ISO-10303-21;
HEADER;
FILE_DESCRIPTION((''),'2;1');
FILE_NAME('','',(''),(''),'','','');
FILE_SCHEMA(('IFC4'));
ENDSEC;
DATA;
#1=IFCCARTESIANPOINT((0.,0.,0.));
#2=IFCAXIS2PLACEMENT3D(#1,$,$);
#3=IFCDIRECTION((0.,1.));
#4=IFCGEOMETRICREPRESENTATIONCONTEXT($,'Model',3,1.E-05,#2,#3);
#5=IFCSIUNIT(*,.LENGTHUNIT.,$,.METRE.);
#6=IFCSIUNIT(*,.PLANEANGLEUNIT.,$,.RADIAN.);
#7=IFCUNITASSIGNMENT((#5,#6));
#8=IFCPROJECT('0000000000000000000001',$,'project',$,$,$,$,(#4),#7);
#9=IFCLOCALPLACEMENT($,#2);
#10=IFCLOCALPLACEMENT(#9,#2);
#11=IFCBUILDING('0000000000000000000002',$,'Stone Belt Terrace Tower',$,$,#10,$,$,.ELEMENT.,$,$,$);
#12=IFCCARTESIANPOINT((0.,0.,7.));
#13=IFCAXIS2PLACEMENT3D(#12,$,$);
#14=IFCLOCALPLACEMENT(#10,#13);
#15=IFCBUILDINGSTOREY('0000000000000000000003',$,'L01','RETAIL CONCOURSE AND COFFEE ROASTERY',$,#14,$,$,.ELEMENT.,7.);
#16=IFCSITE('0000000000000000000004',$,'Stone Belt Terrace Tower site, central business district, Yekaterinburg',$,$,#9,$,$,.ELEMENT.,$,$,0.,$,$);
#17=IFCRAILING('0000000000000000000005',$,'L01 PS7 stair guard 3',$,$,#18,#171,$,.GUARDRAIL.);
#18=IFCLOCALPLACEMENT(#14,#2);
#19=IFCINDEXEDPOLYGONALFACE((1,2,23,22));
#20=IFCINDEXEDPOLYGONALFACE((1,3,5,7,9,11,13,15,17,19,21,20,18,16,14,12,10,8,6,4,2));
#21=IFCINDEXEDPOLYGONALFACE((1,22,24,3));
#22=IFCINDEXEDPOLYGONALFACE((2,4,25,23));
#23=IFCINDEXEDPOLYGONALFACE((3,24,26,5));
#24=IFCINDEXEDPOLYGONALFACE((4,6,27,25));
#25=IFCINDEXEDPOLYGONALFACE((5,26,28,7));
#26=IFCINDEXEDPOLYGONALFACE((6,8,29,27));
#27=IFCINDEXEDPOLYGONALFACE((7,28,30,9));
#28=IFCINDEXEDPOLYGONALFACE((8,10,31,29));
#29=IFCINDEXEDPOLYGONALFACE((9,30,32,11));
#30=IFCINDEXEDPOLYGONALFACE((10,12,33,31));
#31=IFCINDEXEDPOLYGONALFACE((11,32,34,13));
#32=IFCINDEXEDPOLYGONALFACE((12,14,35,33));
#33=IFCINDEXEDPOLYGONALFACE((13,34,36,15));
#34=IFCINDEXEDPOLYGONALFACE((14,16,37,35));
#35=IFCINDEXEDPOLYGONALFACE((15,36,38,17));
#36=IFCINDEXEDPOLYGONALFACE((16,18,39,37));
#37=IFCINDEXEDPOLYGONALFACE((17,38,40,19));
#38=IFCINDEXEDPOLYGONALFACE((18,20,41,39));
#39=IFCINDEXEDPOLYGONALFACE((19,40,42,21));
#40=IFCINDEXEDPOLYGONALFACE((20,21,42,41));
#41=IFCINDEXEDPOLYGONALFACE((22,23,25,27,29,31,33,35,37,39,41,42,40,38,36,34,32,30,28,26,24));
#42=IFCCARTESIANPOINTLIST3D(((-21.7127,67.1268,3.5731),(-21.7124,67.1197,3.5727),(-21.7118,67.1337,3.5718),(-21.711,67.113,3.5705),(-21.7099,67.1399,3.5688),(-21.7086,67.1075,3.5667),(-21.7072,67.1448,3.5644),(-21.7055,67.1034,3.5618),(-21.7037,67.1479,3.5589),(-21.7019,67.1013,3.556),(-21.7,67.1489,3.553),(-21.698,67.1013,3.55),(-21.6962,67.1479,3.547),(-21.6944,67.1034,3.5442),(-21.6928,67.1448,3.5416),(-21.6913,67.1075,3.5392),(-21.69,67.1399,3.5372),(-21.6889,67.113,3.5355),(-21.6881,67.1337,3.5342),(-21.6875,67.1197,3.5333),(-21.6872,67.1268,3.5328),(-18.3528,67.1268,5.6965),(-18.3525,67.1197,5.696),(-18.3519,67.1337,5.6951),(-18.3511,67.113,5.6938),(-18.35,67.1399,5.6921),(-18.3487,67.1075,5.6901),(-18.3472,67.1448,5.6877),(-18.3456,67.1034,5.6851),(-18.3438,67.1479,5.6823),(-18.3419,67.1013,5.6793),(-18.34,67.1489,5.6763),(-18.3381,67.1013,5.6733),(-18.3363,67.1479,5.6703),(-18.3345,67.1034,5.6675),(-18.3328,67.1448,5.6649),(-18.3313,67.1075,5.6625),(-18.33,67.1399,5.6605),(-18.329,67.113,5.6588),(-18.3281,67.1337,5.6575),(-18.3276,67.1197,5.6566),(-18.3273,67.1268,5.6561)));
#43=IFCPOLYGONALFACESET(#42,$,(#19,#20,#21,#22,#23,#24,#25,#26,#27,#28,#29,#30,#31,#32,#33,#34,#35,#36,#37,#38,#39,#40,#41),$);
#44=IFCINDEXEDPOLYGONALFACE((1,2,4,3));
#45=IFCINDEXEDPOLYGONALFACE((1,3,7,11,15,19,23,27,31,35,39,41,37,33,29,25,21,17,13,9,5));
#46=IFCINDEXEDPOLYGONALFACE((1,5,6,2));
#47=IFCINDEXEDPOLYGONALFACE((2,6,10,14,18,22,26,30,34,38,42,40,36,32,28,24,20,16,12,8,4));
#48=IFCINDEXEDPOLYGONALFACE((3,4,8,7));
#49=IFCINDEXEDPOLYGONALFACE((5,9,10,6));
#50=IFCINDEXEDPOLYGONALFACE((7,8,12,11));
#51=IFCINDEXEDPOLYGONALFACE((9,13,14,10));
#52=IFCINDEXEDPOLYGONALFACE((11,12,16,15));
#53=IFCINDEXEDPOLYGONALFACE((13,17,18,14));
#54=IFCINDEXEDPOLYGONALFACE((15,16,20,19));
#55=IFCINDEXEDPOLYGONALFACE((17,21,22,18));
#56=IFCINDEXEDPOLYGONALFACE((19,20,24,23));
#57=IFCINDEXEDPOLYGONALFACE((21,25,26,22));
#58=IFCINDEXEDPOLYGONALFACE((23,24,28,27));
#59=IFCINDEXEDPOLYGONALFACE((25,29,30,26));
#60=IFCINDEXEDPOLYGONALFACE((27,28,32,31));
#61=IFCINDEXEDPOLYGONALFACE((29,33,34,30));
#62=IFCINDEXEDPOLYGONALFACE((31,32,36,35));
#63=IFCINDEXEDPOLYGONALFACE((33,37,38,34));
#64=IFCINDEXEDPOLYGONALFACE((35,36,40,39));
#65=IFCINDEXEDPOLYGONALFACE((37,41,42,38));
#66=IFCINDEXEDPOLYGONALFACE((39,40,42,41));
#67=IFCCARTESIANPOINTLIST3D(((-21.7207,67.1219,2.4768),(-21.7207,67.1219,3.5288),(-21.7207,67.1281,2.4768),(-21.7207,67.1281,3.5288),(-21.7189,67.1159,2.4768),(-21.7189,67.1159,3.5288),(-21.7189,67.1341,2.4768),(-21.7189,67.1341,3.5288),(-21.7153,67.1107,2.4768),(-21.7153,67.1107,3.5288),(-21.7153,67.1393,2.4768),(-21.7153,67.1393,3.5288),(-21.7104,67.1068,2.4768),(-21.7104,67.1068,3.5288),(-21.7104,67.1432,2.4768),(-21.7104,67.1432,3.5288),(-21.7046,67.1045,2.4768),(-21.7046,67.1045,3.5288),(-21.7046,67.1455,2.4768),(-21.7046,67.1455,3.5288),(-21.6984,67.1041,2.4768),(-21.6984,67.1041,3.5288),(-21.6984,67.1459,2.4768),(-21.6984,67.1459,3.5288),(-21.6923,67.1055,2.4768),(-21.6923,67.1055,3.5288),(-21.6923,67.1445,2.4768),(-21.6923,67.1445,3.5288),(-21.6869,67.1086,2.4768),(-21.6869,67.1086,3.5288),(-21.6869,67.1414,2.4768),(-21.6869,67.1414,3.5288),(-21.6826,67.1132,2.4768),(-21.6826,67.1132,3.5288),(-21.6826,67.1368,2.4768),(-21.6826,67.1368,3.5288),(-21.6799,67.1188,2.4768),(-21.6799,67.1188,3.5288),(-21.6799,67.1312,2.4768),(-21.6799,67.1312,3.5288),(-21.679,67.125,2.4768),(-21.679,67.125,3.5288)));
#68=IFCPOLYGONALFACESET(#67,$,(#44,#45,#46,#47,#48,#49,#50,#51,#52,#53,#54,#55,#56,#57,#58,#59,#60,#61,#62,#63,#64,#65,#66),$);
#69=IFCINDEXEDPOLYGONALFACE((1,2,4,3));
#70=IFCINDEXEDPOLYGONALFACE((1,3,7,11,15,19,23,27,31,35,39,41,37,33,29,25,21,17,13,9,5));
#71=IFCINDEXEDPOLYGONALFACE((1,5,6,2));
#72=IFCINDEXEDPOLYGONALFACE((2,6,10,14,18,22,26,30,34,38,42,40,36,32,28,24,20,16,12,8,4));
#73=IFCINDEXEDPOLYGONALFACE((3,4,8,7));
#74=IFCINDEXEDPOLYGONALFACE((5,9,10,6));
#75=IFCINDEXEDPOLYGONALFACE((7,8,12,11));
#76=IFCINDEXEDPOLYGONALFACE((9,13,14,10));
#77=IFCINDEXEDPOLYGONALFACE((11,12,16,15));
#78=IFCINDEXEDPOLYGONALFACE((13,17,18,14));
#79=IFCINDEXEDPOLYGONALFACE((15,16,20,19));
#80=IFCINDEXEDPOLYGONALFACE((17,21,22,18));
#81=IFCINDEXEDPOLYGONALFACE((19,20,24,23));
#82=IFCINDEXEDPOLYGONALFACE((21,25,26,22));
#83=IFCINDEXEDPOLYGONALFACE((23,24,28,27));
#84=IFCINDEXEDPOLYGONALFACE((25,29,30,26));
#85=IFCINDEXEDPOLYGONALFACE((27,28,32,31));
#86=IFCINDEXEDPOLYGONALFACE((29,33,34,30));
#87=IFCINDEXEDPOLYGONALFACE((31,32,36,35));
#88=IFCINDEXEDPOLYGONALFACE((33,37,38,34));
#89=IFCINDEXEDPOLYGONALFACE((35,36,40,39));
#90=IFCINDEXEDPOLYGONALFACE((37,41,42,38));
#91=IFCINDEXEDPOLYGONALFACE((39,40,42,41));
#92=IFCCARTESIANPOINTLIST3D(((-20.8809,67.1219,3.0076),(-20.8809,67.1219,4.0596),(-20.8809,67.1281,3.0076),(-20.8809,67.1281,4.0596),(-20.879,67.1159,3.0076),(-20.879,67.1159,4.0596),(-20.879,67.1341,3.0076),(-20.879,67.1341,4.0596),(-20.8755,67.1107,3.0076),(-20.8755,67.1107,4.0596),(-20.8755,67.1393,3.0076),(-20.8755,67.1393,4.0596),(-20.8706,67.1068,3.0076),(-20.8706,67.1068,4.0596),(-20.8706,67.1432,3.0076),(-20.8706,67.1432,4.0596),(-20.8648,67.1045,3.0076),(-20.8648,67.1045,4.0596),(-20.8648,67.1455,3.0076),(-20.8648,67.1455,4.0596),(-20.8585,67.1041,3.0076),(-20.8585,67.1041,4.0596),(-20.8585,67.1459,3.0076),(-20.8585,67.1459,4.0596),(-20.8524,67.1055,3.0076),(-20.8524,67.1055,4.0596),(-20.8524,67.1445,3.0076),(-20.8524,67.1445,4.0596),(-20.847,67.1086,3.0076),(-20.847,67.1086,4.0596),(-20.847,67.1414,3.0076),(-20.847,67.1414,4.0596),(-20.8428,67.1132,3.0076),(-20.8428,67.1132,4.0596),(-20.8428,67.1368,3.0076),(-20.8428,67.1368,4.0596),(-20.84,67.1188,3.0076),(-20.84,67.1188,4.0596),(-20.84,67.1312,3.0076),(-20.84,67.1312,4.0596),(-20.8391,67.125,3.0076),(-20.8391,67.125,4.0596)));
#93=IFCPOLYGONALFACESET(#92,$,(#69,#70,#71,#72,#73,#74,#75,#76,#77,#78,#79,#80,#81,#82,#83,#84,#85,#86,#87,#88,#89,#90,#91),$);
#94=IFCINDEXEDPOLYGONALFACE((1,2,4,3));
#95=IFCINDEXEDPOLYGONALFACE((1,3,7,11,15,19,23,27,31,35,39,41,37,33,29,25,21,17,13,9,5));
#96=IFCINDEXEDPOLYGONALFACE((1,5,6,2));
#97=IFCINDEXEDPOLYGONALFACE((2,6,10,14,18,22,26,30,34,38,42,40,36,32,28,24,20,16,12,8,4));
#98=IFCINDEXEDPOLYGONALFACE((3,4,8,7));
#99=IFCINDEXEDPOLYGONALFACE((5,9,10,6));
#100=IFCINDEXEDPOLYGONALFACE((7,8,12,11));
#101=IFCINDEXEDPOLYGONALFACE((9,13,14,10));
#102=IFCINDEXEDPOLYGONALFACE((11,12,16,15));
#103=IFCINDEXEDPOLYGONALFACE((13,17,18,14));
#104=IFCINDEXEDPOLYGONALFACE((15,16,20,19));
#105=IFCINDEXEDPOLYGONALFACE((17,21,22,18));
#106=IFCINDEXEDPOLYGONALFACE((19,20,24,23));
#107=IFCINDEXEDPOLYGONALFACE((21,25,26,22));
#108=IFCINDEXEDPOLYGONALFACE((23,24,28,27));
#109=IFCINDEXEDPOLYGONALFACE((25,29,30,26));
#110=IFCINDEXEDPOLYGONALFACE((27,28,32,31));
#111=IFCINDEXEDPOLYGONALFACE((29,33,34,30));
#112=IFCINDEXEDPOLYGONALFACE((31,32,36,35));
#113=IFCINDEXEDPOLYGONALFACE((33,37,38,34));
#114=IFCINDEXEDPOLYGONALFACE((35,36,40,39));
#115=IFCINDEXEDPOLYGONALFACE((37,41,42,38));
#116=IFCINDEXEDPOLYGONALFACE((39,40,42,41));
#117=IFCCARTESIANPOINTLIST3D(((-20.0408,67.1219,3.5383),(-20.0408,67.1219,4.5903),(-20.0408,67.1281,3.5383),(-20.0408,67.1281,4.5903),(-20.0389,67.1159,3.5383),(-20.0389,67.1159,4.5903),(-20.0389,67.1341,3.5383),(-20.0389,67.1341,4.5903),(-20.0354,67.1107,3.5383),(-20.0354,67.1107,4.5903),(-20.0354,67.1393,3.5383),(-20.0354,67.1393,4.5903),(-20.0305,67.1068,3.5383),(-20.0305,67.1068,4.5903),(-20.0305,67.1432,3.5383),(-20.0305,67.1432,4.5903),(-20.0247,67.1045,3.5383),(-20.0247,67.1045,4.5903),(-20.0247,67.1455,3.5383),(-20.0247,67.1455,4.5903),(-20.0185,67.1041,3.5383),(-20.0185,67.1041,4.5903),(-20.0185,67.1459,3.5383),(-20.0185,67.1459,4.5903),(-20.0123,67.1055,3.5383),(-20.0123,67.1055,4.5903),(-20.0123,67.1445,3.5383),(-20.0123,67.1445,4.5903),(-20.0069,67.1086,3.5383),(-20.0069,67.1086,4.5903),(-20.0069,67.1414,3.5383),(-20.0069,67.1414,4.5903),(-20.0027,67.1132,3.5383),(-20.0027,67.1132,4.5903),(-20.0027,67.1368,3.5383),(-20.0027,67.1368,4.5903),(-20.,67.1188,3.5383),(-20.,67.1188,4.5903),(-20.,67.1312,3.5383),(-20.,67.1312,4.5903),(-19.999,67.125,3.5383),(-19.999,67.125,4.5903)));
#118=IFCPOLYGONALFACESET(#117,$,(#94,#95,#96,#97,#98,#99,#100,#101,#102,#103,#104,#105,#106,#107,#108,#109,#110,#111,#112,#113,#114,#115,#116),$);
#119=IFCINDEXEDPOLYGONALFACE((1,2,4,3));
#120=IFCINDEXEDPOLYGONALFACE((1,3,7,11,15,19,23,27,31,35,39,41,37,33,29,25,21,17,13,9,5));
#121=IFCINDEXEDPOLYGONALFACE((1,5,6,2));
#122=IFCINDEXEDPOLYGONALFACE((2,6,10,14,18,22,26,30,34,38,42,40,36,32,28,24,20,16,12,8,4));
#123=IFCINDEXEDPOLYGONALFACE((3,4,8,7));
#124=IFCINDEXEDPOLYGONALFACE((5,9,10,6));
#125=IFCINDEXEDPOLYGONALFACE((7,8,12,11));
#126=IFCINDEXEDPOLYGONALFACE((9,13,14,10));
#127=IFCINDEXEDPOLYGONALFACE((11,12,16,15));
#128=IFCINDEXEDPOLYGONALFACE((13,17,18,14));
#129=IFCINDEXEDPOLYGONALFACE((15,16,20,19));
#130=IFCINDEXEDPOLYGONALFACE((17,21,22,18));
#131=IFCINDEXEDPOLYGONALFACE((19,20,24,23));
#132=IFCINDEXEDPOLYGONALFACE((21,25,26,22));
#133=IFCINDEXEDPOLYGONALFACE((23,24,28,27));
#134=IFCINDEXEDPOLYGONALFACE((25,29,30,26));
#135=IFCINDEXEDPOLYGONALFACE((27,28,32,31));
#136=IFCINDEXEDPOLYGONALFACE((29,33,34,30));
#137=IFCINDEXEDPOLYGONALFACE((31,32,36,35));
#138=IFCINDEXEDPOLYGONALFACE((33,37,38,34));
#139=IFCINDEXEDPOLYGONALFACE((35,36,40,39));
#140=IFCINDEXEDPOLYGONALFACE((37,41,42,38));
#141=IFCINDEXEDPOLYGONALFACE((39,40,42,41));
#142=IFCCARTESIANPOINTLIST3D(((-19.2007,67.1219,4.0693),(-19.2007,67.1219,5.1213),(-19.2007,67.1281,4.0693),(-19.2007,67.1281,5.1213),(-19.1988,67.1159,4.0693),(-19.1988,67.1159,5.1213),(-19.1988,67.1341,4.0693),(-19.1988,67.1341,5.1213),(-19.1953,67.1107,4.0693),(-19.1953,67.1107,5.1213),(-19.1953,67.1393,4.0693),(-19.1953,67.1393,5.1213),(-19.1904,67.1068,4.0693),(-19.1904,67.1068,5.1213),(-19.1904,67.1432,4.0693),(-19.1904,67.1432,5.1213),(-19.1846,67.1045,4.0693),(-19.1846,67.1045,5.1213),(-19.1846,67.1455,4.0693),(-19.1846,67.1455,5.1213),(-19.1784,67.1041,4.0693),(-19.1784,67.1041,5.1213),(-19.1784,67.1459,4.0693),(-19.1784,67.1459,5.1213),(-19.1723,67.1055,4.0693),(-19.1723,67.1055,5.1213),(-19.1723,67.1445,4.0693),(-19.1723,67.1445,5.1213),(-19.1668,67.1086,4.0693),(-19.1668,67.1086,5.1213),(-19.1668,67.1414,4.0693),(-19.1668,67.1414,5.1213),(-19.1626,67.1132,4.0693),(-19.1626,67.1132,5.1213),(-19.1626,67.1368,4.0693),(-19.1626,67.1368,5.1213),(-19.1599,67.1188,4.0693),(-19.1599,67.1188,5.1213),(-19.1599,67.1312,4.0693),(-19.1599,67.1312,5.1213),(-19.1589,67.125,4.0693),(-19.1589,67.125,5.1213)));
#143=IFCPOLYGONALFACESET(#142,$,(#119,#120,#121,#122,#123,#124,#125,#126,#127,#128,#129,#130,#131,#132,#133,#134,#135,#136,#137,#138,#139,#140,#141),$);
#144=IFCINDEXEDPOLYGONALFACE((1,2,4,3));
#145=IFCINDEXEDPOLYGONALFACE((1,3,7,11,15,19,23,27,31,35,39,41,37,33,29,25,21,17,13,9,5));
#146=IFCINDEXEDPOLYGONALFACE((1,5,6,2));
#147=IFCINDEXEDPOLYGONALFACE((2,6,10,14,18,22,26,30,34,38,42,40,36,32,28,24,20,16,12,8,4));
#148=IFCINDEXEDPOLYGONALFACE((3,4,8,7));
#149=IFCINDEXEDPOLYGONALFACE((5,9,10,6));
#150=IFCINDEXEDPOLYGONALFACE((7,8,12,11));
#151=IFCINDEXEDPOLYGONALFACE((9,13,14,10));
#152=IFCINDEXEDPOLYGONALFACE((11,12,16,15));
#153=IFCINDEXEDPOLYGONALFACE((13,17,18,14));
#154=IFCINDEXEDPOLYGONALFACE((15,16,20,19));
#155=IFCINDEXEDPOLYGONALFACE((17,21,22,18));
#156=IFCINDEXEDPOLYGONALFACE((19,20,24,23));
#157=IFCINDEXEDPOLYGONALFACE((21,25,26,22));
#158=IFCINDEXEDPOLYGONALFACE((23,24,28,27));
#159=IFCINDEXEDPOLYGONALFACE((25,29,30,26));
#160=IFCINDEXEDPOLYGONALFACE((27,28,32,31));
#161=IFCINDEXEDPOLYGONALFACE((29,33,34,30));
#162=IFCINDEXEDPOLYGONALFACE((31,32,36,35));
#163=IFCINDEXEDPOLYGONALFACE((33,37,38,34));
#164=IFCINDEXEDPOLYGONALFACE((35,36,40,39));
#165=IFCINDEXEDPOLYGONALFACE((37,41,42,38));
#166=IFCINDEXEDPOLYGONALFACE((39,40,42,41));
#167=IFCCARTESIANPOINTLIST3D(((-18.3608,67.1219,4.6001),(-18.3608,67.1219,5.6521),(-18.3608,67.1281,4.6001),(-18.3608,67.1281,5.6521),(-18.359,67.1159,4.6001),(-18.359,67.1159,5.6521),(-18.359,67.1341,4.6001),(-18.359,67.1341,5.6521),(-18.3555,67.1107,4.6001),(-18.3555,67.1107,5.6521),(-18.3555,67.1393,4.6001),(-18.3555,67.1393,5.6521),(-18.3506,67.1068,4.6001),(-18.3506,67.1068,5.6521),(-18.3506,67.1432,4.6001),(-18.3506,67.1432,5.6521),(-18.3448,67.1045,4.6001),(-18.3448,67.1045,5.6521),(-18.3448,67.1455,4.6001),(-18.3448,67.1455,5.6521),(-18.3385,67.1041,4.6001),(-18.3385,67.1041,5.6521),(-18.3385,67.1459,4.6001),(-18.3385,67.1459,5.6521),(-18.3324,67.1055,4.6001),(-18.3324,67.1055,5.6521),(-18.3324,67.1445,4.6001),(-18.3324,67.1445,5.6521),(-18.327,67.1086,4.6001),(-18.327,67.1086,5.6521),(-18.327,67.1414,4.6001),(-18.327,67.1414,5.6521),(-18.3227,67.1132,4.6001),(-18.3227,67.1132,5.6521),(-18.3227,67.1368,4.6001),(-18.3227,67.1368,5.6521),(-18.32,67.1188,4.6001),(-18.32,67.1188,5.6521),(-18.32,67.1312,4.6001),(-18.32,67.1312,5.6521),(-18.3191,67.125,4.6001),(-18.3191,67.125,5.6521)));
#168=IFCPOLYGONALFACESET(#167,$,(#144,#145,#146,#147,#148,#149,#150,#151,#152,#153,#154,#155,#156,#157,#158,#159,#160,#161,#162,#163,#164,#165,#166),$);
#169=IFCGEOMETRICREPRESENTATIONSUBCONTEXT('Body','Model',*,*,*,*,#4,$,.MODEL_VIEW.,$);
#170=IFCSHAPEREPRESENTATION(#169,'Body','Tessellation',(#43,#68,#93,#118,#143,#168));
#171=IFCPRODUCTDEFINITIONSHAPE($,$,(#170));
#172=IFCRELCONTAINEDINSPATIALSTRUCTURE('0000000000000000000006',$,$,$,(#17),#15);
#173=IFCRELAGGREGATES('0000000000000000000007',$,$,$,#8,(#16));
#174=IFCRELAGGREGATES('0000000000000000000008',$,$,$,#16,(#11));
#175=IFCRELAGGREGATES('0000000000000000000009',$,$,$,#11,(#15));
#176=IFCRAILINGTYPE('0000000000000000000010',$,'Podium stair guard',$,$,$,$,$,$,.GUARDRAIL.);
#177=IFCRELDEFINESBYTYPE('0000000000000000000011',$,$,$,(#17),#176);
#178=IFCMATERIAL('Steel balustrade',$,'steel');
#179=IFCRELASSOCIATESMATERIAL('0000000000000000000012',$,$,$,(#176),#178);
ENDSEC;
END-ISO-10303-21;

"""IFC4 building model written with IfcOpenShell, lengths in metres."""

from ifc_helpers import new_model, si_unit, direction, frame, origin, origin_2d, place, context, subcontext, project, spatial, circle, extrude, material, type_object, element, save


model = new_model("IFC4")

# Units and contexts
model_context = context("Model", 3, precision=1e-05, world=origin(), true_north=direction((0.0, 1.0)))
body_context = subcontext(model_context, "Body", "Model", "MODEL_VIEW")
ifc_project = project(units=[si_unit("LENGTHUNIT", "METRE"), si_unit("PLANEANGLEUNIT", "RADIAN")], contexts=[model_context])

# Site, building, storey
site_placement = place(None, origin())
site = spatial("IfcSite", under=ifc_project, at=site_placement, Name="Stone Belt Terrace Tower site, central business district, Yekaterinburg", CompositionType="ELEMENT", RefElevation=0.0)
building_placement = place(site_placement, origin())
building = spatial("IfcBuilding", under=site, at=building_placement, Name="Stone Belt Terrace Tower", CompositionType="ELEMENT")
storey_placement = place(building_placement, frame((0.0, 0.0, 7.0)))
storey = spatial("IfcBuildingStorey", under=building, at=storey_placement, Name="L01", Description="RETAIL CONCOURSE AND COFFEE ROASTERY", CompositionType="ELEMENT", Elevation=7.0)

# Railing
ifc_material_1 = material(Name="Steel balustrade", Category="steel")
railing_type_1 = type_object("IfcRailingType", Name="Podium stair guard", PredefinedType="GUARDRAIL", material=ifc_material_1)
railing_1_placement = place(storey_placement, frame((-21.7, 67.125, 2.4768)))
element("IfcRailing", 1, at=railing_1_placement, inside=storey, type_object=railing_type_1, Name="L01 PS7 stair guard 3", PredefinedType="GUARDRAIL", context=body_context, shape_type="SweptSolid", body=[
    extrude(circle(Radius=0.0239, at=origin_2d()), frame((0.0, 0.0, 1.0762), z_axis=(0.845344, 0.0, 0.534222), x_axis=(0.0, 1.0, 0.0)), (0.0, 0.0, 1.0), 3.9746),
    extrude(circle(Radius=0.021, at=origin_2d()), origin(), (0.0, 0.0, 1.0), 1.052),
    extrude(circle(Radius=0.021, at=origin_2d()), frame((0.8398, 0.0, 0.5308)), (0.0, 0.0, 1.0), 1.052),
    extrude(circle(Radius=0.021, at=origin_2d()), frame((1.6799, 0.0, 1.0615)), (0.0, 0.0, 1.0), 1.052),
    extrude(circle(Radius=0.021, at=origin_2d()), frame((2.52, 0.0, 1.5925)), (0.0, 0.0, 1.0), 1.052),
    extrude(circle(Radius=0.021, at=origin_2d()), frame((3.3599, 0.0, 2.1233)), (0.0, 0.0, 1.0), 1.052),
])

save(model, "model.ifc")
